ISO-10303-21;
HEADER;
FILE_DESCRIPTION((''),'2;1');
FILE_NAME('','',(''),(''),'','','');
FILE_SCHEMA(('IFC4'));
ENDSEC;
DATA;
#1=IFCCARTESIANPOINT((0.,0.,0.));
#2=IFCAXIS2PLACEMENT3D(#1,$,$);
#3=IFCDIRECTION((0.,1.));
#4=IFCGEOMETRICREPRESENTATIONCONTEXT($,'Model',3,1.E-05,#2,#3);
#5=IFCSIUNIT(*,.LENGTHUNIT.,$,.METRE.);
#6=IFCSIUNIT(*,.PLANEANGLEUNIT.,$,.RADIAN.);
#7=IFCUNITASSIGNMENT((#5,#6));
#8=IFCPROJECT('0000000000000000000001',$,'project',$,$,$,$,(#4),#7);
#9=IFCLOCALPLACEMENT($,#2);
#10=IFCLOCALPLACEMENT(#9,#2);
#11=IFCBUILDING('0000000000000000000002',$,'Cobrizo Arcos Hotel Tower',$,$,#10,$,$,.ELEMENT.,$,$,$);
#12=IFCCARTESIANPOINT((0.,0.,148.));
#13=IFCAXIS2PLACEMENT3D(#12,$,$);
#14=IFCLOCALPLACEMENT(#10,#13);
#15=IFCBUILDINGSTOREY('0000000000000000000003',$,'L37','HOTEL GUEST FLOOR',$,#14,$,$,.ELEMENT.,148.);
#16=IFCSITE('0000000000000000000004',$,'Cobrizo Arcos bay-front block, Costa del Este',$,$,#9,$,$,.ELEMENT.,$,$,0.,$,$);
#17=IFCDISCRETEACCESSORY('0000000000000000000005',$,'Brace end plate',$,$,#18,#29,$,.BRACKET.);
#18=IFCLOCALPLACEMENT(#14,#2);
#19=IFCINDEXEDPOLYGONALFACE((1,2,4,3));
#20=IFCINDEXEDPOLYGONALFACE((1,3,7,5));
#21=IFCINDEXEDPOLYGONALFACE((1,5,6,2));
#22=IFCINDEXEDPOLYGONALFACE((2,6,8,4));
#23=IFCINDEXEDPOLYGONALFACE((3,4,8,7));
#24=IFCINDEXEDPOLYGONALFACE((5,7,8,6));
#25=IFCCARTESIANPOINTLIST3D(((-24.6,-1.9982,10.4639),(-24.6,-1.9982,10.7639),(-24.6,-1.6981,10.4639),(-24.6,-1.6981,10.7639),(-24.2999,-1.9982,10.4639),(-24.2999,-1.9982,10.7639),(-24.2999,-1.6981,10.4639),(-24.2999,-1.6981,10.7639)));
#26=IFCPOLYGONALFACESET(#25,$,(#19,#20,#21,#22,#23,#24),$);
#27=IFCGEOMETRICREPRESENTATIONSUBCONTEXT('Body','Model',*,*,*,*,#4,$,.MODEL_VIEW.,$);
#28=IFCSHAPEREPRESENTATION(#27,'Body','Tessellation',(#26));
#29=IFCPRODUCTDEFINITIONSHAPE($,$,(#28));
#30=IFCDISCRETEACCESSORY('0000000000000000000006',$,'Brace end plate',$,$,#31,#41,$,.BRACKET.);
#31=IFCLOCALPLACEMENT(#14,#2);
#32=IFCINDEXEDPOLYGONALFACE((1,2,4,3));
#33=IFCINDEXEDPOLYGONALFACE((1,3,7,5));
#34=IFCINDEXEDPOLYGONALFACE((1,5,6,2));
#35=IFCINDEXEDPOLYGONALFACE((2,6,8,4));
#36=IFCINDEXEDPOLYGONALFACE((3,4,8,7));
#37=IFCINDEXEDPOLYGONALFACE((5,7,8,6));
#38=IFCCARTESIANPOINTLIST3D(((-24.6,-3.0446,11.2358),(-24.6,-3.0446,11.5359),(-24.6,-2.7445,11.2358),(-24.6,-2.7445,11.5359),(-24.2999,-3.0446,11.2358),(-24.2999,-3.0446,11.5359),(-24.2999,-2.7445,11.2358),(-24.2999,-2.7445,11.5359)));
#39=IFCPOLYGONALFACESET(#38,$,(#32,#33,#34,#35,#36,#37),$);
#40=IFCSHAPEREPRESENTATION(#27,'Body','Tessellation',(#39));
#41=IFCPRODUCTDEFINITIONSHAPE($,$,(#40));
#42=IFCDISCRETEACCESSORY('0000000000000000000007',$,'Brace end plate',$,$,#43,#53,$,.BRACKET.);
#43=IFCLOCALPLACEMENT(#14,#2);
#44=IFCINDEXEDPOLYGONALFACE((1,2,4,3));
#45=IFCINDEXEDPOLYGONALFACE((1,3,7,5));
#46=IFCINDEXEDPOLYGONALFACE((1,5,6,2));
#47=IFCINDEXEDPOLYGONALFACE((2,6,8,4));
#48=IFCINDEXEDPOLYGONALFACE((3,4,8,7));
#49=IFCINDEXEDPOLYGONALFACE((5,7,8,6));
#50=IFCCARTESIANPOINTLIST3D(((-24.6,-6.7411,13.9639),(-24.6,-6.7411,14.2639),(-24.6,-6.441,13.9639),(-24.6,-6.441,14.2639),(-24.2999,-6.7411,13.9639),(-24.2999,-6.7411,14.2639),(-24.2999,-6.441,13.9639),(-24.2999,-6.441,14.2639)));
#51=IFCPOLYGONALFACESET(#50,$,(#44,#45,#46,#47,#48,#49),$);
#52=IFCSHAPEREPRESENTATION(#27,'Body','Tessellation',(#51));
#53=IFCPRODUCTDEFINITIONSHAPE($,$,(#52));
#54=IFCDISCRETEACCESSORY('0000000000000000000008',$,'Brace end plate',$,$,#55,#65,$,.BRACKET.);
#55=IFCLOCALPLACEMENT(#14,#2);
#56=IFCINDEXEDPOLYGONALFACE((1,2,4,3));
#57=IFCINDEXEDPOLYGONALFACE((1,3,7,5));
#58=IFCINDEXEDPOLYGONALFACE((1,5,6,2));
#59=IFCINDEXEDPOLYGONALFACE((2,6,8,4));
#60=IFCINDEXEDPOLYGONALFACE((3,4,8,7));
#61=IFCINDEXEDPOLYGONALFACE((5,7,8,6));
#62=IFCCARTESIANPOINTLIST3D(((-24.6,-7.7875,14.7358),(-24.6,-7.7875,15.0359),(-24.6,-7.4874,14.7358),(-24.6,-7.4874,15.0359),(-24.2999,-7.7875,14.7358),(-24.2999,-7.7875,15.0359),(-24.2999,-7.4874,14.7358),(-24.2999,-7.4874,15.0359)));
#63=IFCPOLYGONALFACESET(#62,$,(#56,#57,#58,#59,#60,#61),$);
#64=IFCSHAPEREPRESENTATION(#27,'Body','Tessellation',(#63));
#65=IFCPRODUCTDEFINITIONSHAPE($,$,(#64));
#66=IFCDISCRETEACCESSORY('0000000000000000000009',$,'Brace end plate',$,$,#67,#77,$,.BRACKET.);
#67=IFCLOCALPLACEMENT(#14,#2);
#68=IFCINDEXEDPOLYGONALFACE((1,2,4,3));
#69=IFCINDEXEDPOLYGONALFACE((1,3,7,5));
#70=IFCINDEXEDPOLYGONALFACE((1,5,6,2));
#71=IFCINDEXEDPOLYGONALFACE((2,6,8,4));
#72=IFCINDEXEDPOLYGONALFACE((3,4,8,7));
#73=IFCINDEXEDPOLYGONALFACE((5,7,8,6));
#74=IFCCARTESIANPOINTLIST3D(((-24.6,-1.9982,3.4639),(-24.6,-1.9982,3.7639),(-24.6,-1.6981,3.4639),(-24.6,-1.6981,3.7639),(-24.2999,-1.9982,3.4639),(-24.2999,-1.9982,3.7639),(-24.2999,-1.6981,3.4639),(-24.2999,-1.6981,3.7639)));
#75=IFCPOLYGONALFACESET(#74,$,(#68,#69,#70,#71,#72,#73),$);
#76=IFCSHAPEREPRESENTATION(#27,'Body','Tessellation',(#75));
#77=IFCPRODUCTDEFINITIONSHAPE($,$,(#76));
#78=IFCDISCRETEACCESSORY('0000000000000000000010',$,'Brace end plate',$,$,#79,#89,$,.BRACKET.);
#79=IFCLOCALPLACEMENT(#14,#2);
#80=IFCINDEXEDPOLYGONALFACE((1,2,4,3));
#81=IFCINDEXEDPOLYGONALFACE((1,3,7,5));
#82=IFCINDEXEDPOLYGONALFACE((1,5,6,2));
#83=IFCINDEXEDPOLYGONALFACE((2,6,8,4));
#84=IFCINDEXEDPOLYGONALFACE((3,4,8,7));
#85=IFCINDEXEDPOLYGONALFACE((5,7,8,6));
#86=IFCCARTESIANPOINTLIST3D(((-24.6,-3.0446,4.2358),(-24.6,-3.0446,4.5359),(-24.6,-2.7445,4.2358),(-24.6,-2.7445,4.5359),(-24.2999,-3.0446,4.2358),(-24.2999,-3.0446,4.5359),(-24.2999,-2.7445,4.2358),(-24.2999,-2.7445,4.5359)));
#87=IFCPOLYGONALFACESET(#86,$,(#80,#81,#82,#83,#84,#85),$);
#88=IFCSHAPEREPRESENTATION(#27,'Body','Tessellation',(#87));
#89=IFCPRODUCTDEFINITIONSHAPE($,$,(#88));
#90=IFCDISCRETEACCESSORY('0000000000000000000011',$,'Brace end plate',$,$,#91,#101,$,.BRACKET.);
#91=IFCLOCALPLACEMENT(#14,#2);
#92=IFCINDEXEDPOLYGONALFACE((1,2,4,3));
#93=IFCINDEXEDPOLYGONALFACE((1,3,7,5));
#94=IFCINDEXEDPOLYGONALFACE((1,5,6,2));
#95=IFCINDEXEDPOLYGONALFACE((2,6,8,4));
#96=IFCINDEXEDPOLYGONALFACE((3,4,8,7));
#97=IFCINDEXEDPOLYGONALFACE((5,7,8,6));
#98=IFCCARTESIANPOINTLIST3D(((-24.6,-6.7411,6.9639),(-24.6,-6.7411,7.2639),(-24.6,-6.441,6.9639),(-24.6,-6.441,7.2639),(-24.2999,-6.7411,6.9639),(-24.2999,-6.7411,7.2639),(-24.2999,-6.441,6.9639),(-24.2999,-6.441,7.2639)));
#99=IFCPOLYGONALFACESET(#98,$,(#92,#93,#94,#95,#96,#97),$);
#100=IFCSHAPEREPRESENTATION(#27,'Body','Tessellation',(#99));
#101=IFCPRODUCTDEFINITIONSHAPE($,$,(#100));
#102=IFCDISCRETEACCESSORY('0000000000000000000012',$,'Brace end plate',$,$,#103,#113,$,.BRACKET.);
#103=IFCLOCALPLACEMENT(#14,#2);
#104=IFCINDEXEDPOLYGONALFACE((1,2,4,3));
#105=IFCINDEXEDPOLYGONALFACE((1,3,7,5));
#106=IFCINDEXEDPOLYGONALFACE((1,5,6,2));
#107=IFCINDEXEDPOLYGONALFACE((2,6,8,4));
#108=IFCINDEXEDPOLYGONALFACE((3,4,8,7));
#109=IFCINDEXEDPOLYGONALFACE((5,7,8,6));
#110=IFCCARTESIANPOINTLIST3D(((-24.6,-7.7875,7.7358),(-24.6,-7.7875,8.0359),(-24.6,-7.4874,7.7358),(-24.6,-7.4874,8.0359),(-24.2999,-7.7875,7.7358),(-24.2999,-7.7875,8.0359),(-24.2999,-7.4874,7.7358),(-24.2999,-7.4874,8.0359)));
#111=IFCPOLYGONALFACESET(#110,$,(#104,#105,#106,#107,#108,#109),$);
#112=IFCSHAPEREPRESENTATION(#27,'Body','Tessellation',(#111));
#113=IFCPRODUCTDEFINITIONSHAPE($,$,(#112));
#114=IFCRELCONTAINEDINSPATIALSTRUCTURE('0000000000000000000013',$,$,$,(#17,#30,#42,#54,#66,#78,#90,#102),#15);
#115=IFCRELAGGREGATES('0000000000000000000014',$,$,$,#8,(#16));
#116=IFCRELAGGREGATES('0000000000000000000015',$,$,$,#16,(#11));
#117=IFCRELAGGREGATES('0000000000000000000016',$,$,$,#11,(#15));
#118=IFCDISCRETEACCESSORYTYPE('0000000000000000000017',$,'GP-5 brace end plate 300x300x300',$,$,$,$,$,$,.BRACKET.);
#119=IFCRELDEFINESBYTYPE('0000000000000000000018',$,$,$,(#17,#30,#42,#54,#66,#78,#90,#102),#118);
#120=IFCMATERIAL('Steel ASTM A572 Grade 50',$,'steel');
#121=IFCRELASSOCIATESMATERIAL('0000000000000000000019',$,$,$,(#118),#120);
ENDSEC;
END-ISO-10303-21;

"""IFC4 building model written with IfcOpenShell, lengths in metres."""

from ifc_helpers import new_model, si_unit, direction, frame, origin, origin_2d, place, context, subcontext, project, spatial, rectangle, extrude, material, type_object, element, save


model = new_model("IFC4")

# Units and contexts
model_context = context("Model", 3, precision=1e-05, world=origin(), true_north=direction((0.0, 1.0)))
body_context = subcontext(model_context, "Body", "Model", "MODEL_VIEW")
ifc_project = project(units=[si_unit("LENGTHUNIT", "METRE"), si_unit("PLANEANGLEUNIT", "RADIAN")], contexts=[model_context])

# Site, building, storey
site_placement = place(None, origin())
site = spatial("IfcSite", under=ifc_project, at=site_placement, Name="Cobrizo Arcos bay-front block, Costa del Este", CompositionType="ELEMENT", RefElevation=0.0)
building_placement = place(site_placement, origin())
building = spatial("IfcBuilding", under=site, at=building_placement, Name="Cobrizo Arcos Hotel Tower", CompositionType="ELEMENT")
storey_placement = place(building_placement, frame((0.0, 0.0, 148.0)))
storey = spatial("IfcBuildingStorey", under=building, at=storey_placement, Name="L37", Description="HOTEL GUEST FLOOR", CompositionType="ELEMENT", Elevation=148.0)

# Shared definitions
ifc_material_1 = material(Name="Steel ASTM A572 Grade 50", Category="steel")

# Discrete accessories
discrete_accessory_type_1 = type_object("IfcDiscreteAccessoryType", Name="GP-5 brace end plate 300x300x300", PredefinedType="BRACKET", material=ifc_material_1)
for number, where, z_axis, x_axis, name in (
    (1, (-24.45, -1.8481, 10.4639), (0.0, 0.0, 1.0), (1.0, 0.0, 0.0), "Brace end plate"),
    (2, (-24.45, -2.8945, 11.2358), (0.0, 0.0, 1.0), (1.0, 0.0, 0.0), "Brace end plate"),
    (3, (-24.45, -6.5911, 13.9639), (0.0, 0.0, 1.0), (1.0, 0.0, 0.0), "Brace end plate"),
    (4, (-24.45, -7.6375, 14.7358), (0.0, 0.0, 1.0), (1.0, 0.0, 0.0), "Brace end plate"),
    (5, (-24.45, -1.8481, 3.4639), (0.0, 0.0, 1.0), (1.0, 0.0, 0.0), "Brace end plate"),
    (6, (-24.45, -2.8945, 4.2358), (0.0, 0.0, 1.0), (1.0, 0.0, 0.0), "Brace end plate"),
    (7, (-24.45, -6.5911, 6.9639), (0.0, 0.0, 1.0), (1.0, 0.0, 0.0), "Brace end plate"),
    (8, (-24.45, -7.6375, 7.7358), (0.0, 0.0, 1.0), (1.0, 0.0, 0.0), "Brace end plate"),
):
    element("IfcDiscreteAccessory", number, at=place(storey_placement, frame(where, z_axis=z_axis, x_axis=x_axis)), inside=storey, type_object=discrete_accessory_type_1, Name=name, PredefinedType="BRACKET", context=body_context, shape_type="SweptSolid", body=[
        extrude(rectangle(XDim=0.3, YDim=0.3, at=origin_2d()), origin(), (0.0, 0.0, 1.0), 0.3),
    ])

save(model, "model.ifc")
